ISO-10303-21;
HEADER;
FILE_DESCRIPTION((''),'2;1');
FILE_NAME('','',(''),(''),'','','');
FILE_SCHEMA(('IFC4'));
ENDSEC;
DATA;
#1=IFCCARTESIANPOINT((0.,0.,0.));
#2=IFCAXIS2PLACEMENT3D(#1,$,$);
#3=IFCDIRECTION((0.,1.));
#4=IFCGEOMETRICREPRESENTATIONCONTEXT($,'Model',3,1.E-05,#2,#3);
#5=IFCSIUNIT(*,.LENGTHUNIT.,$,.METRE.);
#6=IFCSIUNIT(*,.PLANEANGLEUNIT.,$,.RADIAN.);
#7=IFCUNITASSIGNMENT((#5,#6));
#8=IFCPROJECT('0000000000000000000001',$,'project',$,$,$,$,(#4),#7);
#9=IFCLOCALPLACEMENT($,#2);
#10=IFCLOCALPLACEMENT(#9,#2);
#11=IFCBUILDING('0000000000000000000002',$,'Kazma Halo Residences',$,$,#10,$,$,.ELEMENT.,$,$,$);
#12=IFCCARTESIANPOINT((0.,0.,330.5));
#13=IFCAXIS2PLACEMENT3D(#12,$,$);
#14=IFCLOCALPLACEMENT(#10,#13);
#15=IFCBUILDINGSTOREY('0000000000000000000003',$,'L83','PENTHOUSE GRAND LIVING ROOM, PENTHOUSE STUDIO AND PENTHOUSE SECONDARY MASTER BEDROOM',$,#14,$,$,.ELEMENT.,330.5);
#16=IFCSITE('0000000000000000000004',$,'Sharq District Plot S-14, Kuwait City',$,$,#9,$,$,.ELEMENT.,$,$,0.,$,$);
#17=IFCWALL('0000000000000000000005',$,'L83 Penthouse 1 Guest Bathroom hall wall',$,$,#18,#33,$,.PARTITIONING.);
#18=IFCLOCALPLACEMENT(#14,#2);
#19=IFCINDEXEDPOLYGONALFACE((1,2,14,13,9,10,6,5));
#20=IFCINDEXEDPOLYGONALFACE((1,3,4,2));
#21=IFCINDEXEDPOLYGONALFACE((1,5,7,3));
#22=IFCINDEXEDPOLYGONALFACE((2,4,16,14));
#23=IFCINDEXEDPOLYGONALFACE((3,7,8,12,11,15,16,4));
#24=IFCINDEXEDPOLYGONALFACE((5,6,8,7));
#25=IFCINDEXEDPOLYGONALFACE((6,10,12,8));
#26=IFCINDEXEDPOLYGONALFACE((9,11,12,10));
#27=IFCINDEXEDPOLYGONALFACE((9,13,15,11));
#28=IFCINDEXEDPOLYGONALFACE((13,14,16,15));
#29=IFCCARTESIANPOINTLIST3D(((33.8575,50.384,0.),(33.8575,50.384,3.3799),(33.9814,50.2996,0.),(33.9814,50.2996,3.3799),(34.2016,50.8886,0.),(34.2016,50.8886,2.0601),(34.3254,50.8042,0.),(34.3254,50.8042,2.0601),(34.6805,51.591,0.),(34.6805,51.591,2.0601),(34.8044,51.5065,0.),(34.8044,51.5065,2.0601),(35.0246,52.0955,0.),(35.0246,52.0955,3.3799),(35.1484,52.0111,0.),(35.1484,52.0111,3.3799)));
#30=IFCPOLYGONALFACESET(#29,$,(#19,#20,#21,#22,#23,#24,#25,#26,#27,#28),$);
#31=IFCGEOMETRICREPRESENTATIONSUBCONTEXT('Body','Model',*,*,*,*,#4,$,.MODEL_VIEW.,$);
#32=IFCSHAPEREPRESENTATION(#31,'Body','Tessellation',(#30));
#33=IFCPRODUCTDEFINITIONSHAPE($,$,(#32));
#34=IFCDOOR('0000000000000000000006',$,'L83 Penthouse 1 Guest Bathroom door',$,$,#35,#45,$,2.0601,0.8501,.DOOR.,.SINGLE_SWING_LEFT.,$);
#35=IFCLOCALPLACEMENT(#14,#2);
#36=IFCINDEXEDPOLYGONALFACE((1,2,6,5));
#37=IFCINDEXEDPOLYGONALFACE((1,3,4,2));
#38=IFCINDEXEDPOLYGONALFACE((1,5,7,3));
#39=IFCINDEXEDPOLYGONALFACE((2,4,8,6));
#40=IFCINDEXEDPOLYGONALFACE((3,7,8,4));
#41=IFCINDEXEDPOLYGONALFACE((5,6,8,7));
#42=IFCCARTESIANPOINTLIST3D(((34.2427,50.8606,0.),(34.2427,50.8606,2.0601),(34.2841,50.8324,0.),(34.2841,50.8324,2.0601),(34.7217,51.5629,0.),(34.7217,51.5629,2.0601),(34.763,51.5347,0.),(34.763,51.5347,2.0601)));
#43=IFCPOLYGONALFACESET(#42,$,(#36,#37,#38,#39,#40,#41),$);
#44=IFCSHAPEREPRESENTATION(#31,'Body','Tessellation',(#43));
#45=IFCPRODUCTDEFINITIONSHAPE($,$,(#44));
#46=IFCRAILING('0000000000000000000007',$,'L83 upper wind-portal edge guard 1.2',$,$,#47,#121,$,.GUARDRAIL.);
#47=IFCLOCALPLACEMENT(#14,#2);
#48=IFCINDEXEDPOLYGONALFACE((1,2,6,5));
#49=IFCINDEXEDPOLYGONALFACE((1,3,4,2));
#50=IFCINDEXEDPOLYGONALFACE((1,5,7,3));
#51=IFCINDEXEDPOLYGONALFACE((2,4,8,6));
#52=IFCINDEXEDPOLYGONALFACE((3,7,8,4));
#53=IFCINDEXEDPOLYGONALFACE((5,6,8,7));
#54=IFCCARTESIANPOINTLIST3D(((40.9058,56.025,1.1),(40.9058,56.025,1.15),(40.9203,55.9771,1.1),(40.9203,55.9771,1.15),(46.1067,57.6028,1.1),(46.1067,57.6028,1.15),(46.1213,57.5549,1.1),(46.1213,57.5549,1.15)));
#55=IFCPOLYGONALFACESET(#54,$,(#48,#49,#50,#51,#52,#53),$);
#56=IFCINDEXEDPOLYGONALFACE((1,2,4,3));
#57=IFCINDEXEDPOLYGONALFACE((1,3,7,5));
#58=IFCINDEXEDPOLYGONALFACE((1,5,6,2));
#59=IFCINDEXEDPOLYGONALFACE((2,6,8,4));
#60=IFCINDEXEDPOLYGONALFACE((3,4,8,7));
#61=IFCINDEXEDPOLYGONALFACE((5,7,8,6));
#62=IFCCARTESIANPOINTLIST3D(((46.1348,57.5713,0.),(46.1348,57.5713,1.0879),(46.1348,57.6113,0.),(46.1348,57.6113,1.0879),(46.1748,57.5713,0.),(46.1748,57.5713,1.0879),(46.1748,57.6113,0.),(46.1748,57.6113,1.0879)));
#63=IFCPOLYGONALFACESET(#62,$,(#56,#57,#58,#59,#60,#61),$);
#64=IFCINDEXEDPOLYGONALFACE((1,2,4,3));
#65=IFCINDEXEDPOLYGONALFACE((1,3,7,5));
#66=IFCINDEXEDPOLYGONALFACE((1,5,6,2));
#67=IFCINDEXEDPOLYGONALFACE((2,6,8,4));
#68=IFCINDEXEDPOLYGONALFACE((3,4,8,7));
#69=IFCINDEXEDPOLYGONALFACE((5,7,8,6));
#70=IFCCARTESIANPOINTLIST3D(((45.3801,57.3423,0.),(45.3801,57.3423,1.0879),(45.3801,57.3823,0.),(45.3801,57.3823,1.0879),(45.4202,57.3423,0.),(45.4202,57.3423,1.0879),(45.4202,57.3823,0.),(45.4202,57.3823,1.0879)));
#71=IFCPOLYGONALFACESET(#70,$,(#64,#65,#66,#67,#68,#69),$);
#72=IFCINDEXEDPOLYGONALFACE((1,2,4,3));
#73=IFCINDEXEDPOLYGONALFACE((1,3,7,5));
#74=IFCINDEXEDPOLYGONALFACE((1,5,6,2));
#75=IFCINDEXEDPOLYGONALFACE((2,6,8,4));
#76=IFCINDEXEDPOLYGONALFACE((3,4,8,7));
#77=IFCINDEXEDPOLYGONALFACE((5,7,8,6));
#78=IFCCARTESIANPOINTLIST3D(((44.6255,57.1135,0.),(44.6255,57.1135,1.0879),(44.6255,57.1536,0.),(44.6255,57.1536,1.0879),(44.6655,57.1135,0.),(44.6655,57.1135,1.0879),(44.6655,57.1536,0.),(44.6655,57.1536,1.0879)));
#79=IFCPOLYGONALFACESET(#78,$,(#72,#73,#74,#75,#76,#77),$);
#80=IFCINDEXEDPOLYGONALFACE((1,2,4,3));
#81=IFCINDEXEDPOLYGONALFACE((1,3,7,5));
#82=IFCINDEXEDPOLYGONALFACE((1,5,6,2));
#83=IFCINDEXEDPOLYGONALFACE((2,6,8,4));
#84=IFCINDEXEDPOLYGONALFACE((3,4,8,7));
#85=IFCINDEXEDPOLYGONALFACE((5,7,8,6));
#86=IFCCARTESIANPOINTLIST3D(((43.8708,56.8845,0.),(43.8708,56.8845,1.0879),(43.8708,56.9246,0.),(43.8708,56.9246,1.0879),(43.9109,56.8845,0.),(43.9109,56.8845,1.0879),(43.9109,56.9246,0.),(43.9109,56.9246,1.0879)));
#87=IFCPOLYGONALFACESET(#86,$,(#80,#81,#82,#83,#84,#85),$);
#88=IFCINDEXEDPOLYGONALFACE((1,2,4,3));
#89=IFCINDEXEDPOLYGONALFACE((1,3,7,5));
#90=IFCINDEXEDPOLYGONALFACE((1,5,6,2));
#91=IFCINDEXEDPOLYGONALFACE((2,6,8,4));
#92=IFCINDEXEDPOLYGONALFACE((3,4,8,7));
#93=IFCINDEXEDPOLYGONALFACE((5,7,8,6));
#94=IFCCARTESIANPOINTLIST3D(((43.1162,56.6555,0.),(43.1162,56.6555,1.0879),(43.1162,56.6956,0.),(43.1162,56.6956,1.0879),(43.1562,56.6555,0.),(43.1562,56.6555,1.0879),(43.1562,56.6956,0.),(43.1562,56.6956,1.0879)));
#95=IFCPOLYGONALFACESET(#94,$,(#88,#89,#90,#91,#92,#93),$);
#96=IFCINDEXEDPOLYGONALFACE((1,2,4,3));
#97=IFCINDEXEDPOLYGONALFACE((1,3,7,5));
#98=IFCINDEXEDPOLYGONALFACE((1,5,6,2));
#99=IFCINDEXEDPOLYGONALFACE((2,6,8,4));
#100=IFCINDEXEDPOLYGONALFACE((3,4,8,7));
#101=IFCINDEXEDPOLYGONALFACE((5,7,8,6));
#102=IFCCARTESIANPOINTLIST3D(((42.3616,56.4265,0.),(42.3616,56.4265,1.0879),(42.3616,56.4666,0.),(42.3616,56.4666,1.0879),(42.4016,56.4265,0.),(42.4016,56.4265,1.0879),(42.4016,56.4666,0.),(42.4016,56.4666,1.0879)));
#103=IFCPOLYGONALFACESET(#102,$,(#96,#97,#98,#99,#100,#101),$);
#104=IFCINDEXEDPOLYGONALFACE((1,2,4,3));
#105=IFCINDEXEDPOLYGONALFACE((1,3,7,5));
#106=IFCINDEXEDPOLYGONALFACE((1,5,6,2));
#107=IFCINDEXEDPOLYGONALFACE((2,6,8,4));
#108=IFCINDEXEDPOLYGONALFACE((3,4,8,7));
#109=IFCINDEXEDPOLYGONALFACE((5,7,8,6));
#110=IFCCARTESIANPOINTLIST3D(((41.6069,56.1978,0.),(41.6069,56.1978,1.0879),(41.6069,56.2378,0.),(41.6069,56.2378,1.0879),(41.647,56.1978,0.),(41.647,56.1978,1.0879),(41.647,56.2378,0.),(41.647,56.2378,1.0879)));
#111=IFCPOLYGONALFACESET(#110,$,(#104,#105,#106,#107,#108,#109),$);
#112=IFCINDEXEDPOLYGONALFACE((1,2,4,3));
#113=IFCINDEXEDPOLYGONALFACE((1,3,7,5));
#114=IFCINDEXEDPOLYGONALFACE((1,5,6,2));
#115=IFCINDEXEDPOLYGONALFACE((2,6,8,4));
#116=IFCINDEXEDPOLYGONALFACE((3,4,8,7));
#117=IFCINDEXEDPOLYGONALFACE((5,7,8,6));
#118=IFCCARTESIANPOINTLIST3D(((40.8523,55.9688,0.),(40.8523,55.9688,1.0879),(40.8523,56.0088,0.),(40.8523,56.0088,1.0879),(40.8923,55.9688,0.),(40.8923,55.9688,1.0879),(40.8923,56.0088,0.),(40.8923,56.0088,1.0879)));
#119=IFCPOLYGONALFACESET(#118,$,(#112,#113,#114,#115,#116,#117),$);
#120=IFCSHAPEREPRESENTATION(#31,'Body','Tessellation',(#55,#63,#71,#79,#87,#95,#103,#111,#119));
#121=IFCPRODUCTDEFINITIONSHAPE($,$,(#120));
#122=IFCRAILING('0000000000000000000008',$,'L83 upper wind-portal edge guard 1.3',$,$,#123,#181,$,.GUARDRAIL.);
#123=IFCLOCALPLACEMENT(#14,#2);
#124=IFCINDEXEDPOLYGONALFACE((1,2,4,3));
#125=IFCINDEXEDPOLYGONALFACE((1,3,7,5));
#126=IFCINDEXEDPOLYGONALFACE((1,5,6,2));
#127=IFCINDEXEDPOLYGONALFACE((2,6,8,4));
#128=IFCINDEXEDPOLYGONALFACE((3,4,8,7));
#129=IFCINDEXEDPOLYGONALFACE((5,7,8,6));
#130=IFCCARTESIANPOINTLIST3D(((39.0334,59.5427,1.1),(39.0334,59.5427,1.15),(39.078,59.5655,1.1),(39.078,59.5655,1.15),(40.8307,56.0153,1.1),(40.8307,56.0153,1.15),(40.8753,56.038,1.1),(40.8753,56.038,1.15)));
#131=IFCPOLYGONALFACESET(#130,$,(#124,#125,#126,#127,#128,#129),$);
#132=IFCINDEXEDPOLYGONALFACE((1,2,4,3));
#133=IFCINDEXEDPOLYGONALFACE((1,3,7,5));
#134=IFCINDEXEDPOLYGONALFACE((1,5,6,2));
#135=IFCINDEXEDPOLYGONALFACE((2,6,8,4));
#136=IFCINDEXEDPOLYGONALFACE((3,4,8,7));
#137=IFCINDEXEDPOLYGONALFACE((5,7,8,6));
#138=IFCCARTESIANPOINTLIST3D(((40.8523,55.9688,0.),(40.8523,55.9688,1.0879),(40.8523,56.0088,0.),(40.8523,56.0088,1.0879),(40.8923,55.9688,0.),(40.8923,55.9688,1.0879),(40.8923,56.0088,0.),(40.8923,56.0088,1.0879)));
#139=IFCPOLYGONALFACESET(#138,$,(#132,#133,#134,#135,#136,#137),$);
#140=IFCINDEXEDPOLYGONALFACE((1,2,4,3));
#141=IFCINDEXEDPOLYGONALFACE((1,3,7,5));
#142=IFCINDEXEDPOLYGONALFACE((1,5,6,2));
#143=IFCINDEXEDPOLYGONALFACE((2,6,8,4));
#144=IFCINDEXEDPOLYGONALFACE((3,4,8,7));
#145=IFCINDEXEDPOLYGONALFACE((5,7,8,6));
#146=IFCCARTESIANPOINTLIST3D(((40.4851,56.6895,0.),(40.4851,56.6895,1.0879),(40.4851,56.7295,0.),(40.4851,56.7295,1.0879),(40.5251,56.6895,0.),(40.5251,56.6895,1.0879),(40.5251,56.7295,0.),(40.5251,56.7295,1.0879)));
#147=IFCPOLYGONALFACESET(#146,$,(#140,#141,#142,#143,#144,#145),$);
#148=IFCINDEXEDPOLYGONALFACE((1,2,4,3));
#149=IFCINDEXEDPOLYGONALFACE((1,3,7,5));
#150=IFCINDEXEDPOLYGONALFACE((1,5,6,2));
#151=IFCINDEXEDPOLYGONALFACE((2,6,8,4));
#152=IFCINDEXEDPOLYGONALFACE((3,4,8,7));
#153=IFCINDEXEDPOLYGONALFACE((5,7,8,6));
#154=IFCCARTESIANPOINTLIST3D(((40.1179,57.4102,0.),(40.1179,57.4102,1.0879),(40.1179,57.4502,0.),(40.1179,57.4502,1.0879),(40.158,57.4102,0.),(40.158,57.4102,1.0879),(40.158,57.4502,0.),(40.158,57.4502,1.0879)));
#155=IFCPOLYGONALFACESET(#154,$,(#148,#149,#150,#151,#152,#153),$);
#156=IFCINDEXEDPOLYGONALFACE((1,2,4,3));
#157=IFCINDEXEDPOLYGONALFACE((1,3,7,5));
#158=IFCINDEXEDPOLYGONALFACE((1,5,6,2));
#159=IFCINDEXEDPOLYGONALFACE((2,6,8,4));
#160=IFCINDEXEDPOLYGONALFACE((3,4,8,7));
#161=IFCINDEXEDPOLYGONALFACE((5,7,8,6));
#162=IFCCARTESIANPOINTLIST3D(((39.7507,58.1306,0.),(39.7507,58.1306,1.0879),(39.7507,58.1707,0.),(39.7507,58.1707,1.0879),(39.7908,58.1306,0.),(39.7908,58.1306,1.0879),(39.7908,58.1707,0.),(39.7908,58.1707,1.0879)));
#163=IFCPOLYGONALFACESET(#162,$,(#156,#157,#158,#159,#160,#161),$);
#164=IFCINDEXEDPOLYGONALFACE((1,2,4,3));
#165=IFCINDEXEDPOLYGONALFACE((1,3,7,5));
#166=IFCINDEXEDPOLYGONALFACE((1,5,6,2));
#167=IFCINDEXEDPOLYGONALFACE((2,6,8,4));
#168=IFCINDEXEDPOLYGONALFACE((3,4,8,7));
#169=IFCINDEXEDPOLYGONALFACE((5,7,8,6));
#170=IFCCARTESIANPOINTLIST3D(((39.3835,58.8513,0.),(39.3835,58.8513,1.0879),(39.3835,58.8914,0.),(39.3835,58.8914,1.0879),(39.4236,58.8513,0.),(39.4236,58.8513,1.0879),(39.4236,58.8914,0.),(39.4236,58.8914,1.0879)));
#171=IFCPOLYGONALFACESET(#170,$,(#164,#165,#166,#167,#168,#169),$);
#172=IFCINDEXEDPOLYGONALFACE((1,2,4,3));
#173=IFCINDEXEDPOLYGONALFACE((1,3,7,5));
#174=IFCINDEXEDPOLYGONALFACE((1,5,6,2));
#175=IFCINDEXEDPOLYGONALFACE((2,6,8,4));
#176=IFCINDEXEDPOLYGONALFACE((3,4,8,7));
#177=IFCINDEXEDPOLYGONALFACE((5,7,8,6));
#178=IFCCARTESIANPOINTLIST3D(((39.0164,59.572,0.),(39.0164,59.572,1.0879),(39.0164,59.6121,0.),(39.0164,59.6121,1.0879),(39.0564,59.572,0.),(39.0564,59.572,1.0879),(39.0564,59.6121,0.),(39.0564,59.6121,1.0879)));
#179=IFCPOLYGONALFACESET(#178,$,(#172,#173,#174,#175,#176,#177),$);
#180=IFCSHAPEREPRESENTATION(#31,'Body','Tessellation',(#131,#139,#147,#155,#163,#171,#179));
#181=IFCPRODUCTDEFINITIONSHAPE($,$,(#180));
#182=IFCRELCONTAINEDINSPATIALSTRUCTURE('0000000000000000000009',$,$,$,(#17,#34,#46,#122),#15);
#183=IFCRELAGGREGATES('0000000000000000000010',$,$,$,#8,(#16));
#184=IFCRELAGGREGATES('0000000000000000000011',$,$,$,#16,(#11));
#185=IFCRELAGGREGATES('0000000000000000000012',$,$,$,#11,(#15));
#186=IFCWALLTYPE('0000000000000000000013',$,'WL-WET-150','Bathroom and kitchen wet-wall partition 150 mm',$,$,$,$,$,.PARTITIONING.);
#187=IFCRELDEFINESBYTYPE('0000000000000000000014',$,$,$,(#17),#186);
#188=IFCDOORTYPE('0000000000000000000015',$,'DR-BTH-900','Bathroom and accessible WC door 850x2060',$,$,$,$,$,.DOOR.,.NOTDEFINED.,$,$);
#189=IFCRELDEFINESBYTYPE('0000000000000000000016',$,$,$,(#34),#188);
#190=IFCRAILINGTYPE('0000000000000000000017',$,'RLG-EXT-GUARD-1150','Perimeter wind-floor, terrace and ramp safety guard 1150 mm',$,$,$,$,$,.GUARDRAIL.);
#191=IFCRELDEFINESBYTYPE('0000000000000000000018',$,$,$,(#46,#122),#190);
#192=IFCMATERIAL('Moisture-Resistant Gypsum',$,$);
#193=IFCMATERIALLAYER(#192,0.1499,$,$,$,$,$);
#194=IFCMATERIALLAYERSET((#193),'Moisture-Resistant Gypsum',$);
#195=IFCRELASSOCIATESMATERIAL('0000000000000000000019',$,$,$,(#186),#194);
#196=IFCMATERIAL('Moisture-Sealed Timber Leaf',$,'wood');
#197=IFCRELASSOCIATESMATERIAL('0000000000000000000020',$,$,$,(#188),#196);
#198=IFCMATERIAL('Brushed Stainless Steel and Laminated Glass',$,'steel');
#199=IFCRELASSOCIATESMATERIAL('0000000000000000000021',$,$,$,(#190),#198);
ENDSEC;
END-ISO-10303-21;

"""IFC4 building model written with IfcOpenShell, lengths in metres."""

from ifc_helpers import new_model, si_unit, direction, frame, frame_2d, origin, origin_2d, place, context, subcontext, project, spatial, rectangle, extrude, material, layer, layer_set, type_object, element, fill, save


model = new_model("IFC4")

# Units and contexts
model_context = context("Model", 3, precision=1e-05, world=origin(), true_north=direction((0.0, 1.0)))
body_context = subcontext(model_context, "Body", "Model", "MODEL_VIEW")
ifc_project = project(units=[si_unit("LENGTHUNIT", "METRE"), si_unit("PLANEANGLEUNIT", "RADIAN")], contexts=[model_context])

# Site, building, storey
site_placement = place(None, origin())
site = spatial("IfcSite", under=ifc_project, at=site_placement, Name="Sharq District Plot S-14, Kuwait City", CompositionType="ELEMENT", RefElevation=0.0)
building_placement = place(site_placement, origin())
building = spatial("IfcBuilding", under=site, at=building_placement, Name="Kazma Halo Residences", CompositionType="ELEMENT")
storey_placement = place(building_placement, frame((0.0, 0.0, 330.5)))
storey = spatial("IfcBuildingStorey", under=building, at=storey_placement, Name="L83", Description="PENTHOUSE GRAND LIVING ROOM, PENTHOUSE STUDIO AND PENTHOUSE SECONDARY MASTER BEDROOM", CompositionType="ELEMENT", Elevation=330.5)

# Wall, opening, door
ifc_material_1 = material(Name="Moisture-Resistant Gypsum")
ifc_layer_1 = layer(ifc_material_1, 0.1499)
ifc_layer_set_1 = layer_set([ifc_layer_1], Name="Moisture-Resistant Gypsum")
wall_type_1 = type_object("IfcWallType", Name="WL-WET-150", Description="Bathroom and kitchen wet-wall partition 150 mm", PredefinedType="PARTITIONING", material=ifc_layer_set_1)
wall_1_placement = place(storey_placement, frame((35.0864, 52.0532, 0.0), z_axis=(0.0, 0.0, 1.0), x_axis=(-0.563373, -0.826202, 0.0)))
wall_1 = element("IfcWall", 1, at=wall_1_placement, inside=storey, type_object=wall_type_1, Name="L83 Penthouse 1 Guest Bathroom hall wall", PredefinedType="PARTITIONING", context=body_context, shape_type="SweptSolid", body=[
    extrude(rectangle(XDim=2.0715, YDim=0.1499, at=frame_2d((1.0356, 0.0))), origin(), (0.0, 0.0, 1.0), 3.3799),
])
opening_1_placement = place(wall_1_placement, frame((0.6106, 0.0, 0.0)))
opening_1 = element("IfcOpeningElement", 2, at=opening_1_placement, cuts=wall_1, PredefinedType="OPENING", context=body_context, shape_type="SweptSolid", body=[
    extrude(rectangle(XDim=0.8501, YDim=2.0601, at=frame_2d((0.425, 1.03))), frame((0.0, 0.085, 0.0), z_axis=(0.0, -1.0, 0.0), x_axis=(1.0, 0.0, 0.0)), (0.0, 0.0, 1.0), 0.1699),
])
ifc_material_2 = material(Name="Moisture-Sealed Timber Leaf", Category="wood")
door_type_1 = type_object("IfcDoorType", Name="DR-BTH-900", Description="Bathroom and accessible WC door 850x2060", OperationType="NOTDEFINED", PredefinedType="DOOR", material=ifc_material_2)
door_1_placement = place(opening_1_placement, origin())
door_1 = element("IfcDoor", 3, at=door_1_placement, inside=storey, type_object=door_type_1, Name="L83 Penthouse 1 Guest Bathroom door", OperationType="SINGLE_SWING_LEFT", OverallHeight=2.0601, OverallWidth=0.8501, PredefinedType="DOOR", context=body_context, shape_type="SweptSolid", body=[
    extrude(rectangle(XDim=0.8501, YDim=2.0601, at=frame_2d((0.425, 1.03))), frame((0.0, 0.0249, 0.0), z_axis=(0.0, -1.0, 0.0), x_axis=(1.0, 0.0, 0.0)), (0.0, 0.0, 1.0), 0.05),
])
fill(opening_1, door_1)

# Railings
ifc_material_3 = material(Name="Brushed Stainless Steel and Laminated Glass", Category="steel")
railing_type = type_object("IfcRailingType", Name="RLG-EXT-GUARD-1150", Description="Perimeter wind-floor, terrace and ramp safety guard 1150 mm", PredefinedType="GUARDRAIL", material=ifc_material_3)
railing_1_placement = place(storey_placement, frame((46.1548, 57.5913, 0.0)))
element("IfcRailing", 4, at=railing_1_placement, inside=storey, type_object=railing_type, Name="L83 upper wind-portal edge guard 1.2", PredefinedType="GUARDRAIL", context=body_context, shape_type="SweptSolid", body=[
    extrude(rectangle(XDim=0.05, YDim=0.05, at=origin_2d()), frame((-0.0408, -0.0125, 1.125), z_axis=(-0.956934, -0.290304, 0.0), x_axis=(0.290304, -0.956934, 0.0)), (0.0, 0.0, 1.0), 5.4351),
    extrude(rectangle(XDim=0.04, YDim=0.04, at=origin_2d()), origin(), (0.0, 0.0, 1.0), 1.0879),
    extrude(rectangle(XDim=0.04, YDim=0.04, at=origin_2d()), frame((-0.7546, -0.229, 0.0)), (0.0, 0.0, 1.0), 1.0879),
    extrude(rectangle(XDim=0.04, YDim=0.04, at=origin_2d()), frame((-1.5093, -0.4578, 0.0)), (0.0, 0.0, 1.0), 1.0879),
    extrude(rectangle(XDim=0.04, YDim=0.04, at=origin_2d()), frame((-2.2639, -0.6868, 0.0)), (0.0, 0.0, 1.0), 1.0879),
    extrude(rectangle(XDim=0.04, YDim=0.04, at=origin_2d()), frame((-3.0186, -0.9158, 0.0)), (0.0, 0.0, 1.0), 1.0879),
    extrude(rectangle(XDim=0.04, YDim=0.04, at=origin_2d()), frame((-3.7732, -1.1448, 0.0)), (0.0, 0.0, 1.0), 1.0879),
    extrude(rectangle(XDim=0.04, YDim=0.04, at=origin_2d()), frame((-4.5278, -1.3735, 0.0)), (0.0, 0.0, 1.0), 1.0879),
    extrude(rectangle(XDim=0.04, YDim=0.04, at=origin_2d()), frame((-5.2825, -1.6025, 0.0)), (0.0, 0.0, 1.0), 1.0879),
])
railing_2_placement = place(storey_placement, frame((40.8723, 55.9888, 0.0)))
element("IfcRailing", 5, at=railing_2_placement, inside=storey, type_object=railing_type, Name="L83 upper wind-portal edge guard 1.3", PredefinedType="GUARDRAIL", context=body_context, shape_type="SweptSolid", body=[
    extrude(rectangle(XDim=0.05, YDim=0.05, at=origin_2d()), frame((-0.0193, 0.0378, 1.125), z_axis=(-0.453986, 0.891009, 0.0), x_axis=(-0.891009, -0.453986, 0.0)), (0.0, 0.0, 1.0), 3.959),
    extrude(rectangle(XDim=0.04, YDim=0.04, at=origin_2d()), origin(), (0.0, 0.0, 1.0), 1.0879),
    extrude(rectangle(XDim=0.04, YDim=0.04, at=origin_2d()), frame((-0.3672, 0.7207, 0.0)), (0.0, 0.0, 1.0), 1.0879),
    extrude(rectangle(XDim=0.04, YDim=0.04, at=origin_2d()), frame((-0.7344, 1.4414, 0.0)), (0.0, 0.0, 1.0), 1.0879),
    extrude(rectangle(XDim=0.04, YDim=0.04, at=origin_2d()), frame((-1.1016, 2.1619, 0.0)), (0.0, 0.0, 1.0), 1.0879),
    extrude(rectangle(XDim=0.04, YDim=0.04, at=origin_2d()), frame((-1.4688, 2.8826, 0.0)), (0.0, 0.0, 1.0), 1.0879),
    extrude(rectangle(XDim=0.04, YDim=0.04, at=origin_2d()), frame((-1.8359, 3.6033, 0.0)), (0.0, 0.0, 1.0), 1.0879),
])

save(model, "model.ifc")
